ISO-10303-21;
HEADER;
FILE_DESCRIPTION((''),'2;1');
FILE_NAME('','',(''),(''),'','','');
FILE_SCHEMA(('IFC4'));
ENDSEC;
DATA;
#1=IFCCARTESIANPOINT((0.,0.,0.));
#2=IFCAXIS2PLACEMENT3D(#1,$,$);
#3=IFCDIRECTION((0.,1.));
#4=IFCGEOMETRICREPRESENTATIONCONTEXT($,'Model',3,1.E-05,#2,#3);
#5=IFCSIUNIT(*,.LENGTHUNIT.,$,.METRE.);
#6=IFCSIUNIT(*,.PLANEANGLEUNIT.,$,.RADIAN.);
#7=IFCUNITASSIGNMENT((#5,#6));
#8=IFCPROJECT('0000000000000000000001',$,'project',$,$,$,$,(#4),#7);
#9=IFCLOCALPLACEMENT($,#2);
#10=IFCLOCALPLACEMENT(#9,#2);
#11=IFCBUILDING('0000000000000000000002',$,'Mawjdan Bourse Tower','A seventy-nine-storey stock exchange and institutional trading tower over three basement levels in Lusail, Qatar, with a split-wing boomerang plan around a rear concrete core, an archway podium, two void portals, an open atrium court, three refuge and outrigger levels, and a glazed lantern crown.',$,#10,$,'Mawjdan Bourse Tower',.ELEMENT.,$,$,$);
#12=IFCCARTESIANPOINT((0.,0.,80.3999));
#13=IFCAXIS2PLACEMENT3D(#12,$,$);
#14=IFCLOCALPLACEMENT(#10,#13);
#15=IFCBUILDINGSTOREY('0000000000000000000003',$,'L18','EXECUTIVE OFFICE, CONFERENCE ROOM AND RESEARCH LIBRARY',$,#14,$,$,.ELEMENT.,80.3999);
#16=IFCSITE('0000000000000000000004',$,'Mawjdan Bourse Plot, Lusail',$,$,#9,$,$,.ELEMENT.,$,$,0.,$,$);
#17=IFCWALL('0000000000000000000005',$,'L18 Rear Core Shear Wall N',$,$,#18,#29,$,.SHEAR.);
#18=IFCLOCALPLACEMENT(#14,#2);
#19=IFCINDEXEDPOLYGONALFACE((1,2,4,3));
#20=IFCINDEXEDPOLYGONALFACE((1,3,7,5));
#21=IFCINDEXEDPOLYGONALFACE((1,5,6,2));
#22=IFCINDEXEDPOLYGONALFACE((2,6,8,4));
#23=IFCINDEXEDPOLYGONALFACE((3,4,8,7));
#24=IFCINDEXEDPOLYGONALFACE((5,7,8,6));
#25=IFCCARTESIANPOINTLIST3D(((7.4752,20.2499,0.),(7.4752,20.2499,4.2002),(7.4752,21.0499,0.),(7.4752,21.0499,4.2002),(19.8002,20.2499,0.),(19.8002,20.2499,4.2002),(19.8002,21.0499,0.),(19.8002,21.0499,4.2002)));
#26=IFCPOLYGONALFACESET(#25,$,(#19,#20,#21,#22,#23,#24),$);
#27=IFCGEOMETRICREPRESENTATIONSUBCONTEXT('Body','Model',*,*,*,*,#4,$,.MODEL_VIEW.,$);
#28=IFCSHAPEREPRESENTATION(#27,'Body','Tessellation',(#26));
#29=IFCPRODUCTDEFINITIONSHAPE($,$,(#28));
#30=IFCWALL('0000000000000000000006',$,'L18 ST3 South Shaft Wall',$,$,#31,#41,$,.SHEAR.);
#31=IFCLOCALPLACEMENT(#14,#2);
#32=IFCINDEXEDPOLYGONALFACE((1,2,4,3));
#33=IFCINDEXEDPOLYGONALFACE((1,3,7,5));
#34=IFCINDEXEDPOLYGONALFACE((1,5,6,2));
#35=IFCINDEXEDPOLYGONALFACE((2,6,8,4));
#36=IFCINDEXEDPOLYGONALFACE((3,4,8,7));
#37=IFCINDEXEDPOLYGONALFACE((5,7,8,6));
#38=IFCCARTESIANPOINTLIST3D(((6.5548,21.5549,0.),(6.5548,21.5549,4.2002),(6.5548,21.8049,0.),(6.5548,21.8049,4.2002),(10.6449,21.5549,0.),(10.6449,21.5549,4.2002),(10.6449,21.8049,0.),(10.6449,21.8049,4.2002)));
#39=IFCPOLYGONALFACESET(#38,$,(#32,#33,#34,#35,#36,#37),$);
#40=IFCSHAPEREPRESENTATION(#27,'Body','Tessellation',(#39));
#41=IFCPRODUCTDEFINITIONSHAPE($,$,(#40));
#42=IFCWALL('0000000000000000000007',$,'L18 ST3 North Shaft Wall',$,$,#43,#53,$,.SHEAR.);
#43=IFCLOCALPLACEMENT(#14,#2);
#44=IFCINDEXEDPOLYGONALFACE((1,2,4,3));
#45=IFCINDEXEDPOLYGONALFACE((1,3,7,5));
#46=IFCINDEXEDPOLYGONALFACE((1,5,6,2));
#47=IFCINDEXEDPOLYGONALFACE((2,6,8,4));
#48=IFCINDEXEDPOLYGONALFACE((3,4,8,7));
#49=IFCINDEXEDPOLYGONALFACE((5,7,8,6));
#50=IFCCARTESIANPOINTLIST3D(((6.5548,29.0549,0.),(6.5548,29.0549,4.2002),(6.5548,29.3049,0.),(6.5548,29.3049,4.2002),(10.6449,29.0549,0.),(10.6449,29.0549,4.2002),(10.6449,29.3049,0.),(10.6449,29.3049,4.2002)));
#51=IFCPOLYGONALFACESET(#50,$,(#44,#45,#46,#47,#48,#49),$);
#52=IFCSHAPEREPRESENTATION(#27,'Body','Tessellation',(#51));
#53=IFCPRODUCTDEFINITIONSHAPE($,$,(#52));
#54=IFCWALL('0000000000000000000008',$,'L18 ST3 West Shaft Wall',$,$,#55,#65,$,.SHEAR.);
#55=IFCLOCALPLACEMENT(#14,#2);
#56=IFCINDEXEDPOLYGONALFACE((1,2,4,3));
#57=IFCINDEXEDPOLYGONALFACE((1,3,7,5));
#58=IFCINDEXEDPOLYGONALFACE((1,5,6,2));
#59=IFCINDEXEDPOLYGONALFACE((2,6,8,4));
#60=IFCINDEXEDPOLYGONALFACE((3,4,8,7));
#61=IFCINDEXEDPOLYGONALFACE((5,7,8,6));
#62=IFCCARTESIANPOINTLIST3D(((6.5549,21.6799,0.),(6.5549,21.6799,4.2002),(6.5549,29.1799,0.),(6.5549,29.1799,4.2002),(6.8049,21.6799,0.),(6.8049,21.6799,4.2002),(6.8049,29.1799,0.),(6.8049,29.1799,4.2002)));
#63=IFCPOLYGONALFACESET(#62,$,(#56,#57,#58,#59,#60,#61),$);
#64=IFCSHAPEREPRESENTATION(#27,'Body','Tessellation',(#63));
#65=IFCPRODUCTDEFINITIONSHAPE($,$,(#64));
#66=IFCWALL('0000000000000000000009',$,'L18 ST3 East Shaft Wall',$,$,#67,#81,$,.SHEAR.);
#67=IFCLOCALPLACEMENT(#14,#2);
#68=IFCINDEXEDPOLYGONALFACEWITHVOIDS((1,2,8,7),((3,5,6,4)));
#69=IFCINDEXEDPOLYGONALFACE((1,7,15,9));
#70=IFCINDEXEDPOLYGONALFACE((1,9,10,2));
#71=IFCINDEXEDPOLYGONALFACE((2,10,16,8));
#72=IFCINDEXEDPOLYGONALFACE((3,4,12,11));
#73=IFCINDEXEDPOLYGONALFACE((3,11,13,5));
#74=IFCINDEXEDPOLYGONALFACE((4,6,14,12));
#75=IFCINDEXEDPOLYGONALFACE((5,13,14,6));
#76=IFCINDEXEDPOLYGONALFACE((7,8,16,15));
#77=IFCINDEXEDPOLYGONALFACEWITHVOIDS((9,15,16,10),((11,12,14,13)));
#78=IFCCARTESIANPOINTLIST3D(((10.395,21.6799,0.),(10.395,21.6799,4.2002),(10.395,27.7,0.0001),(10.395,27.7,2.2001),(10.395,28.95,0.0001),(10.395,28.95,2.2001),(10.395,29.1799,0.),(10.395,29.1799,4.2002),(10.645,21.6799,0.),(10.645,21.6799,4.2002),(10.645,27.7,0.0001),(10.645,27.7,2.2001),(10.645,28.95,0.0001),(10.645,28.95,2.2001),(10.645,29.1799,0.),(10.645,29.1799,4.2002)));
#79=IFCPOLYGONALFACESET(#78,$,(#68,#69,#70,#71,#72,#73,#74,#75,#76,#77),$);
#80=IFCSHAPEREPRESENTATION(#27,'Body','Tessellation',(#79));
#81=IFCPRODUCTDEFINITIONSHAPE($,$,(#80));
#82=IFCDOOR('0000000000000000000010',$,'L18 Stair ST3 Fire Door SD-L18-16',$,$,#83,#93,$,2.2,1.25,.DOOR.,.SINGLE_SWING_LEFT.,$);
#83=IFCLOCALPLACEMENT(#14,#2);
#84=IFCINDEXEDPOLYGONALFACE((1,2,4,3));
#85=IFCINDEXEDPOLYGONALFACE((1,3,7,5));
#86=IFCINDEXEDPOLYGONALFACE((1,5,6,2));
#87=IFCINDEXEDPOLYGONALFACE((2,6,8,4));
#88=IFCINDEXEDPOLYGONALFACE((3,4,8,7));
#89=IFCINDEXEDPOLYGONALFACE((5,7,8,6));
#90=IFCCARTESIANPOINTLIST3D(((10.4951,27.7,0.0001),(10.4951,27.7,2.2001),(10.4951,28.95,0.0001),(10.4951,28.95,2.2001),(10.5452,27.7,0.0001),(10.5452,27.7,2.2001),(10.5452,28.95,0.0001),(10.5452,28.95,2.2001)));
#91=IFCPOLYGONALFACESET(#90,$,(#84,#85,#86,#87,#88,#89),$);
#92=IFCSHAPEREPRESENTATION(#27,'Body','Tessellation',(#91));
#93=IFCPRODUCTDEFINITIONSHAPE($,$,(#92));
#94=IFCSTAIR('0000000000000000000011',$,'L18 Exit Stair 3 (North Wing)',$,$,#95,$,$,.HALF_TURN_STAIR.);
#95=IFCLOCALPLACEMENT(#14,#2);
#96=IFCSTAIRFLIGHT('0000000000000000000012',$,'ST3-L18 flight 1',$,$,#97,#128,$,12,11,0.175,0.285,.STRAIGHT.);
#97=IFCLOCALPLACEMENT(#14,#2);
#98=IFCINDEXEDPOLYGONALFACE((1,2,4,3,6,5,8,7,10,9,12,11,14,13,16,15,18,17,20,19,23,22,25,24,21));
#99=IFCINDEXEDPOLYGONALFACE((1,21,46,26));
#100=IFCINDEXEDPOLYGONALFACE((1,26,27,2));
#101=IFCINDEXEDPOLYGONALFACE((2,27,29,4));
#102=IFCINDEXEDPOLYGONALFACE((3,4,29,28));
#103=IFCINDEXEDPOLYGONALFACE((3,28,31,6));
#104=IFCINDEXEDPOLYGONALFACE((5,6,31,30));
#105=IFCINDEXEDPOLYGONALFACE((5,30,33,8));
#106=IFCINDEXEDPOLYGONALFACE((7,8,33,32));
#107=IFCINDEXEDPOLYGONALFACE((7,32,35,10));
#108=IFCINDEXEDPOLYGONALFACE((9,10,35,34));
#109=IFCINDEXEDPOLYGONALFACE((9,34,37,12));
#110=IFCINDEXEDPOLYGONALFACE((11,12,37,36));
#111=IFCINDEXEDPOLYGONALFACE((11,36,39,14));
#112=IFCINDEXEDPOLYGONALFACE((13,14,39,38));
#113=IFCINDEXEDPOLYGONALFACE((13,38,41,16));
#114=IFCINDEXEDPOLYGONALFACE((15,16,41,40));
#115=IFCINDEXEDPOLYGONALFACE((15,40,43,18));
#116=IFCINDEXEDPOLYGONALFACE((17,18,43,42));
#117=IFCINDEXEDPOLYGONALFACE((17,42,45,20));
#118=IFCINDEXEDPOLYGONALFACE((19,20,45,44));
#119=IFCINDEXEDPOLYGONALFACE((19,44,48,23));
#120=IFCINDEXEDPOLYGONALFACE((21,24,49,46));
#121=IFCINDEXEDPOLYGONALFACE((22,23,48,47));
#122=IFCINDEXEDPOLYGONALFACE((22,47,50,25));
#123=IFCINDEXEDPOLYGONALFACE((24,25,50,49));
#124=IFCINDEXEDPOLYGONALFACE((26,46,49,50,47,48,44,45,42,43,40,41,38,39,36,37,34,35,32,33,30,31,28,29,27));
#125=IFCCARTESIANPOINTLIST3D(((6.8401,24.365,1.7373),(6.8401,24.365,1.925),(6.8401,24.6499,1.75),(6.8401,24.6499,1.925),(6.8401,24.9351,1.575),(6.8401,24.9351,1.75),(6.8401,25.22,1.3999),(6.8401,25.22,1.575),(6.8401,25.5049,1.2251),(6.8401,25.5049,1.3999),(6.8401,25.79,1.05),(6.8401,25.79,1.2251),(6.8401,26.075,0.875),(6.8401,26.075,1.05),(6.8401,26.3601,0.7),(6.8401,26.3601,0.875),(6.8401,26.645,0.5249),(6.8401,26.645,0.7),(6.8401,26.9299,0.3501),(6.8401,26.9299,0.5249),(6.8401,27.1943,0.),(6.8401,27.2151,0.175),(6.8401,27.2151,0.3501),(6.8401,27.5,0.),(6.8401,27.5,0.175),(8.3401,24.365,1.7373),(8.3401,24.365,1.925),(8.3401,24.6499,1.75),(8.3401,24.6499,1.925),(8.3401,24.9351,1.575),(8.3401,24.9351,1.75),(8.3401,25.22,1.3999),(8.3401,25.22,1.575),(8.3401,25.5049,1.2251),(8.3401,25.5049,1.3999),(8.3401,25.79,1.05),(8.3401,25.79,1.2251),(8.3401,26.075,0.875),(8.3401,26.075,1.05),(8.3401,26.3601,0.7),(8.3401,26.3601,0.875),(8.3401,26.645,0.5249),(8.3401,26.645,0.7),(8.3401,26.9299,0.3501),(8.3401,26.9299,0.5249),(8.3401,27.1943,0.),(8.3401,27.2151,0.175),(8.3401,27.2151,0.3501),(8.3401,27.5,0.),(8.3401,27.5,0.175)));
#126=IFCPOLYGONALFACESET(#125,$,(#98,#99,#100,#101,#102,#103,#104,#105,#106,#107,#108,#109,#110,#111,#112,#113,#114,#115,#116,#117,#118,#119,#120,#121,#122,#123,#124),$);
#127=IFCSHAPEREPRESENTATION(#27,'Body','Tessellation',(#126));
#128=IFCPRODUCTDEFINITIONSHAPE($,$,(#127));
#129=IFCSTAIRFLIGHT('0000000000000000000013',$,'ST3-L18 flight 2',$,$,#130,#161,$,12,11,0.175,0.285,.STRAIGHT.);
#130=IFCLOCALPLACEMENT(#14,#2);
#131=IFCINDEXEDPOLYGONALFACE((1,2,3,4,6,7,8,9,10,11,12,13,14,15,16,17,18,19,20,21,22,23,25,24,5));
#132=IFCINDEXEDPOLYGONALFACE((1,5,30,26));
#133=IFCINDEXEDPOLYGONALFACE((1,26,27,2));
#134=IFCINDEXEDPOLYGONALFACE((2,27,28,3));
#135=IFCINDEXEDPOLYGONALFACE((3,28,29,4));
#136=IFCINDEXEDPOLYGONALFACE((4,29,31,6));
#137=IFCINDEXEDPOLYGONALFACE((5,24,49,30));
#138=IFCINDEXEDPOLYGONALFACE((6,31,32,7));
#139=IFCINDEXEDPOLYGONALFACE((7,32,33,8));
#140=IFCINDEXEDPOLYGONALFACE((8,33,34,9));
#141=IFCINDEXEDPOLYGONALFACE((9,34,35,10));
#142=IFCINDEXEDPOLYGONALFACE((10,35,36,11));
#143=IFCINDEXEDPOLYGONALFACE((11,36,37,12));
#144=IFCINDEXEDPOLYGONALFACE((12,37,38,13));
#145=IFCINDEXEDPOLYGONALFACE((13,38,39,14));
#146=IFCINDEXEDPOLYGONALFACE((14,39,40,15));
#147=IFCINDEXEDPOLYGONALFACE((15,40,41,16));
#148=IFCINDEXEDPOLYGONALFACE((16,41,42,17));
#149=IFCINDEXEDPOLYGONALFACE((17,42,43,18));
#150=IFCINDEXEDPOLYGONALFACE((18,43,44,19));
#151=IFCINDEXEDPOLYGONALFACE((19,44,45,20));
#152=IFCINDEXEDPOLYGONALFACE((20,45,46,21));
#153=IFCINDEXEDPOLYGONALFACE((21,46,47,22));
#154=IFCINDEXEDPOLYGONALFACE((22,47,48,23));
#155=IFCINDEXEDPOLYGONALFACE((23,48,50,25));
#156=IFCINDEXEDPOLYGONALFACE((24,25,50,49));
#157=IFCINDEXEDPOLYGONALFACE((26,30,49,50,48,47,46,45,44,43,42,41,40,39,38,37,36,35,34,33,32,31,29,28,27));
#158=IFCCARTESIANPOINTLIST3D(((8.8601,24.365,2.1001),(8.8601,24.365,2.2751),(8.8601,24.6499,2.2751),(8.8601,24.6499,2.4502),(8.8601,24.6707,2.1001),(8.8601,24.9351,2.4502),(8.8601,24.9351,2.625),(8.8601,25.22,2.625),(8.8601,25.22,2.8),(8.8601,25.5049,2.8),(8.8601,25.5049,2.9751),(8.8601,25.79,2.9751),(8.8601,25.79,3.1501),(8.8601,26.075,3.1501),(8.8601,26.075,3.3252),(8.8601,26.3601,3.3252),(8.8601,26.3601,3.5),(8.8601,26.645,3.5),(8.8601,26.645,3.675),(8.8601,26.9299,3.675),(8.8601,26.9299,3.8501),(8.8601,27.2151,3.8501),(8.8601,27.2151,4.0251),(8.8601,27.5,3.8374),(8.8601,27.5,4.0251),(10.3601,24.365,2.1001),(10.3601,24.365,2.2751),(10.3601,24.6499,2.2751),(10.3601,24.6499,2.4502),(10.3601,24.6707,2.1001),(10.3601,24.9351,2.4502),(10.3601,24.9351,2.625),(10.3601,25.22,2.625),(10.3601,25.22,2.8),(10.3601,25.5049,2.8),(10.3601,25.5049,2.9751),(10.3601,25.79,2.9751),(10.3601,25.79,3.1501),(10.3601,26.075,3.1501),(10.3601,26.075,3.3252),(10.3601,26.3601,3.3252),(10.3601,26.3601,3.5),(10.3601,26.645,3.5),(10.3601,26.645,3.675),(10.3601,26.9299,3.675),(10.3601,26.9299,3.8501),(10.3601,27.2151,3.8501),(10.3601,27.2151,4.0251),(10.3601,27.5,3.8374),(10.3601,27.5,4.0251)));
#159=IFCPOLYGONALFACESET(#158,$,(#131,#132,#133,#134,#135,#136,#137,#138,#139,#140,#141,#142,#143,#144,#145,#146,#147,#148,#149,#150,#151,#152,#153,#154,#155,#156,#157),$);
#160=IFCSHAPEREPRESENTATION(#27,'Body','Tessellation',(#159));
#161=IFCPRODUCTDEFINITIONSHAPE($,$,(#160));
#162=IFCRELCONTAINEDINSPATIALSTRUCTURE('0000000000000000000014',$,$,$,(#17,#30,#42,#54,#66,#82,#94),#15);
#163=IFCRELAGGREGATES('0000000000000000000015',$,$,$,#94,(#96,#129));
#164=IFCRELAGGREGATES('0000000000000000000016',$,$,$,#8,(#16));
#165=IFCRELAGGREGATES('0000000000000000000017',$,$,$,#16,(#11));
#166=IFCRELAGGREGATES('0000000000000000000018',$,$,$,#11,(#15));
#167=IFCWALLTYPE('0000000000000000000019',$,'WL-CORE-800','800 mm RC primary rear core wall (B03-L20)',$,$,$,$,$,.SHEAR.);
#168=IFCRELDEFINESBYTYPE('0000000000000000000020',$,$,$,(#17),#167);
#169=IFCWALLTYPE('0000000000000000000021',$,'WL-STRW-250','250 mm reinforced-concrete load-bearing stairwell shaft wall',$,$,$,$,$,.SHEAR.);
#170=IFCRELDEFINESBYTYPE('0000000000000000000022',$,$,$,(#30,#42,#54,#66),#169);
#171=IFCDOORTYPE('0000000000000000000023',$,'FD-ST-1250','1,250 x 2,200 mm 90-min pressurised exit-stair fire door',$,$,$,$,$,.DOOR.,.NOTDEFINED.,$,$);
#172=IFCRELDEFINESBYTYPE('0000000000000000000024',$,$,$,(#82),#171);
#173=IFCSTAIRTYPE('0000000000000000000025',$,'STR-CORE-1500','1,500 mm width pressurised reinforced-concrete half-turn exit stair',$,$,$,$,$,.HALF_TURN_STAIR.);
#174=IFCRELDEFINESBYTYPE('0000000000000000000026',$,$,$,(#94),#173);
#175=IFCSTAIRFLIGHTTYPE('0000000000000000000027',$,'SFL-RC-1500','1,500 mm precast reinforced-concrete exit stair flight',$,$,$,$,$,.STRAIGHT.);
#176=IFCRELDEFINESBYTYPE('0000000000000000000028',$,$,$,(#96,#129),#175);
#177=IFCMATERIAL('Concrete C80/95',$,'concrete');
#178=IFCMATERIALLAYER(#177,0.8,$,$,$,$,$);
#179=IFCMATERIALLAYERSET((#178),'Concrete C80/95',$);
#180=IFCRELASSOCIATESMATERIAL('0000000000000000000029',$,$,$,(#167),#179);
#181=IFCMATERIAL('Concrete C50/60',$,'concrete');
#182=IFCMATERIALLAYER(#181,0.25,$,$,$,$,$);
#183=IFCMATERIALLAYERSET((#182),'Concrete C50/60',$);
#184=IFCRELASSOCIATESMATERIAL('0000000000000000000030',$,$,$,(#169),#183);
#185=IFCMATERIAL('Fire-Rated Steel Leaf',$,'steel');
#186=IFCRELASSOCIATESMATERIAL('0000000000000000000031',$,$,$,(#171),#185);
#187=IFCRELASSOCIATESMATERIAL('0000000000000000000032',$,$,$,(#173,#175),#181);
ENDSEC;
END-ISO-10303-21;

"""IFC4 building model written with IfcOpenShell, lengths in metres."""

from ifc_helpers import new_model, si_unit, direction, frame, frame_2d, origin, place, context, subcontext, project, spatial, polyline, rectangle, outline, extrude, material, layer, layer_set, type_object, element, fill, aggregate, save


model = new_model("IFC4")

# Units and contexts
model_context = context("Model", 3, precision=1e-05, world=origin(), true_north=direction((0.0, 1.0)))
body_context = subcontext(model_context, "Body", "Model", "MODEL_VIEW")
ifc_project = project(units=[si_unit("LENGTHUNIT", "METRE"), si_unit("PLANEANGLEUNIT", "RADIAN")], contexts=[model_context])

# Site, building, storey
site_placement = place(None, origin())
site = spatial("IfcSite", under=ifc_project, at=site_placement, Name="Mawjdan Bourse Plot, Lusail", CompositionType="ELEMENT", RefElevation=0.0)
building_placement = place(site_placement, origin())
building = spatial("IfcBuilding", under=site, at=building_placement, Name="Mawjdan Bourse Tower", Description="A seventy-nine-storey stock exchange and institutional trading tower over three basement levels in Lusail, Qatar, with a split-wing boomerang plan around a rear concrete core, an archway podium, two void portals, an open atrium court, three refuge and outrigger levels, and a glazed lantern crown.", LongName="Mawjdan Bourse Tower", CompositionType="ELEMENT")
storey_placement = place(building_placement, frame((0.0, 0.0, 80.3999)))
storey = spatial("IfcBuildingStorey", under=building, at=storey_placement, Name="L18", Description="EXECUTIVE OFFICE, CONFERENCE ROOM AND RESEARCH LIBRARY", CompositionType="ELEMENT", Elevation=80.3999)

# Shared definitions
ifc_material_1 = material(Name="Concrete C80/95", Category="concrete")

# Walls
ifc_layer_1 = layer(ifc_material_1, 0.8)
ifc_layer_set_1 = layer_set([ifc_layer_1], Name="Concrete C80/95")
wall_type_1 = type_object("IfcWallType", Name="WL-CORE-800", Description="800 mm RC primary rear core wall (B03-L20)", PredefinedType="SHEAR", material=ifc_layer_set_1)
wall_1_placement = place(storey_placement, frame((7.4751, 20.6499, 0.0), z_axis=(0.0, 0.0, 1.0), x_axis=(1.0, 0.0, 0.0)))
element("IfcWall", 1, at=wall_1_placement, inside=storey, type_object=wall_type_1, Name="L18 Rear Core Shear Wall N", PredefinedType="SHEAR", context=body_context, shape_type="SweptSolid", body=[
    extrude(rectangle(XDim=12.325, YDim=0.8, at=frame_2d((6.1626, 0.0))), origin(), (0.0, 0.0, 1.0), 4.2002),
])
ifc_material_2 = material(Name="Concrete C50/60", Category="concrete")
ifc_layer_2 = layer(ifc_material_2, 0.25)
ifc_layer_set_2 = layer_set([ifc_layer_2], Name="Concrete C50/60")
wall_type_2 = type_object("IfcWallType", Name="WL-STRW-250", Description="250 mm reinforced-concrete load-bearing stairwell shaft wall", PredefinedType="SHEAR", material=ifc_layer_set_2)
for number, where, z_axis, x_axis, name in (
    (2, (6.5549, 21.6799, 0.0), (0.0, 0.0, 1.0), (1.0, 0.0, 0.0), "L18 ST3 South Shaft Wall"),
    (3, (6.5549, 29.1799, 0.0), (0.0, 0.0, 1.0), (1.0, 0.0, 0.0), "L18 ST3 North Shaft Wall"),
):
    element("IfcWall", number, at=place(storey_placement, frame(where, z_axis=z_axis, x_axis=x_axis)), inside=storey, type_object=wall_type_2, Name=name, PredefinedType="SHEAR", context=body_context, shape_type="SweptSolid", body=[
        extrude(rectangle(XDim=4.0901, YDim=0.25, at=frame_2d((2.0449, 0.0))), origin(), (0.0, 0.0, 1.0), 4.2002),
    ])
wall_2_placement = place(storey_placement, frame((6.6799, 21.6799, 0.0), z_axis=(0.0, 0.0, 1.0), x_axis=(0.0, 1.0, 0.0)))
element("IfcWall", 4, at=wall_2_placement, inside=storey, type_object=wall_type_2, Name="L18 ST3 West Shaft Wall", PredefinedType="SHEAR", context=body_context, shape_type="SweptSolid", body=[
    extrude(rectangle(XDim=7.5, YDim=0.25, at=frame_2d((3.75, 0.0))), origin(), (0.0, 0.0, 1.0), 4.2002),
])

# Wall, opening, door
wall_3_placement = place(storey_placement, frame((10.52, 21.6799, 0.0), z_axis=(0.0, 0.0, 1.0), x_axis=(0.0, 1.0, 0.0)))
wall_3 = element("IfcWall", 5, at=wall_3_placement, inside=storey, type_object=wall_type_2, Name="L18 ST3 East Shaft Wall", PredefinedType="SHEAR", context=body_context, shape_type="SweptSolid", body=[
    extrude(rectangle(XDim=7.5, YDim=0.25, at=frame_2d((3.75, 0.0))), origin(), (0.0, 0.0, 1.0), 4.2002),
])
opening_placement = place(wall_3_placement, frame((6.02, 0.0, 0.0)))
opening = element("IfcOpeningElement", 6, at=opening_placement, cuts=wall_3, PredefinedType="OPENING", context=body_context, shape_type="SweptSolid", body=[
    extrude(rectangle(XDim=1.25, YDim=2.2, at=frame_2d((0.625, 1.1001))), frame((0.0, 0.135, 0.0), z_axis=(0.0, -1.0, 0.0), x_axis=(1.0, 0.0, 0.0)), (0.0, 0.0, 1.0), 0.27),
])
ifc_material_3 = material(Name="Fire-Rated Steel Leaf", Category="steel")
door_type = type_object("IfcDoorType", Name="FD-ST-1250", Description="1,250 x 2,200 mm 90-min pressurised exit-stair fire door", OperationType="NOTDEFINED", PredefinedType="DOOR", material=ifc_material_3)
door_placement = place(opening_placement, origin())
door = element("IfcDoor", 7, at=door_placement, inside=storey, type_object=door_type, Name="L18 Stair ST3 Fire Door SD-L18-16", OperationType="SINGLE_SWING_LEFT", OverallHeight=2.2, OverallWidth=1.25, PredefinedType="DOOR", context=body_context, shape_type="SweptSolid", body=[
    extrude(rectangle(XDim=1.25, YDim=2.2, at=frame_2d((0.625, 1.1001))), frame((0.0, 0.0249, 0.0), z_axis=(0.0, -1.0, 0.0), x_axis=(1.0, 0.0, 0.0)), (0.0, 0.0, 1.0), 0.05),
])
fill(opening, door)

# Stair, stair flights
stair_type = type_object("IfcStairType", Name="STR-CORE-1500", Description="1,500 mm width pressurised reinforced-concrete half-turn exit stair", PredefinedType="HALF_TURN_STAIR", material=ifc_material_2)
stair_placement = place(storey_placement, origin())
stair = element("IfcStair", 8, at=stair_placement, inside=storey, type_object=stair_type, Name="L18 Exit Stair 3 (North Wing)", PredefinedType="HALF_TURN_STAIR")
stair_flight_type = type_object("IfcStairFlightType", Name="SFL-RC-1500", Description="1,500 mm precast reinforced-concrete exit stair flight", PredefinedType="STRAIGHT", material=ifc_material_2)
stair_flight_1_placement = place(storey_placement, frame((7.5901, 27.5, 0.0), z_axis=(0.0, 0.0, 1.0), x_axis=(0.0, -1.0, 0.0)))
stair_flight_1 = element("IfcStairFlight", 9, at=stair_flight_1_placement, type_object=stair_flight_type, Name="ST3-L18 flight 1", NumberOfRisers=12, NumberOfTreads=11, PredefinedType="STRAIGHT", RiserHeight=0.175, TreadLength=0.285, context=body_context, shape_type="SweptSolid", body=[
    extrude(outline(polyline([(0.0, 0.0), (0.0, 0.175), (0.2849, 0.175), (0.2849, 0.3501), (0.5701, 0.3501), (0.5701, 0.5249), (0.855, 0.5249), (0.855, 0.7), (1.1399, 0.7), (1.1399, 0.875), (1.425, 0.875), (1.425, 1.05), (1.71, 1.05), (1.71, 1.2251), (1.9951, 1.2251), (1.9951, 1.3999), (2.28, 1.3999), (2.28, 1.575), (2.5649, 1.575), (2.5649, 1.75), (2.8501, 1.75), (2.8501, 1.925), (3.135, 1.925), (3.135, 2.1001), (3.135, 1.7373), (0.3057, 0.0), (0.0, 0.0)])), frame((0.0, 0.75, 0.0), z_axis=(0.0, -1.0, 0.0), x_axis=(1.0, 0.0, 0.0)), (0.0, 0.0, 1.0), 1.5),
])
stair_flight_2_placement = place(storey_placement, frame((9.6101, 24.365, 2.1001), z_axis=(0.0, 0.0, 1.0), x_axis=(0.0, 1.0, 0.0)))
stair_flight_2 = element("IfcStairFlight", 10, at=stair_flight_2_placement, type_object=stair_flight_type, Name="ST3-L18 flight 2", NumberOfRisers=12, NumberOfTreads=11, PredefinedType="STRAIGHT", RiserHeight=0.175, TreadLength=0.285, context=body_context, shape_type="SweptSolid", body=[
    extrude(outline(polyline([(0.0, 0.0), (0.0, 0.175), (0.2849, 0.175), (0.2849, 0.3501), (0.5701, 0.3501), (0.5701, 0.5249), (0.855, 0.5249), (0.855, 0.7), (1.1399, 0.7), (1.1399, 0.875), (1.425, 0.875), (1.425, 1.05), (1.71, 1.05), (1.71, 1.2251), (1.9951, 1.2251), (1.9951, 1.3999), (2.28, 1.3999), (2.28, 1.575), (2.5649, 1.575), (2.5649, 1.75), (2.8501, 1.75), (2.8501, 1.925), (3.135, 1.925), (3.135, 2.1001), (3.135, 1.7373), (0.3057, 0.0), (0.0, 0.0)])), frame((0.0, 0.75, 0.0), z_axis=(0.0, -1.0, 0.0), x_axis=(1.0, 0.0, 0.0)), (0.0, 0.0, 1.0), 1.5),
])
aggregate(stair, [stair_flight_1, stair_flight_2])

save(model, "model.ifc")
